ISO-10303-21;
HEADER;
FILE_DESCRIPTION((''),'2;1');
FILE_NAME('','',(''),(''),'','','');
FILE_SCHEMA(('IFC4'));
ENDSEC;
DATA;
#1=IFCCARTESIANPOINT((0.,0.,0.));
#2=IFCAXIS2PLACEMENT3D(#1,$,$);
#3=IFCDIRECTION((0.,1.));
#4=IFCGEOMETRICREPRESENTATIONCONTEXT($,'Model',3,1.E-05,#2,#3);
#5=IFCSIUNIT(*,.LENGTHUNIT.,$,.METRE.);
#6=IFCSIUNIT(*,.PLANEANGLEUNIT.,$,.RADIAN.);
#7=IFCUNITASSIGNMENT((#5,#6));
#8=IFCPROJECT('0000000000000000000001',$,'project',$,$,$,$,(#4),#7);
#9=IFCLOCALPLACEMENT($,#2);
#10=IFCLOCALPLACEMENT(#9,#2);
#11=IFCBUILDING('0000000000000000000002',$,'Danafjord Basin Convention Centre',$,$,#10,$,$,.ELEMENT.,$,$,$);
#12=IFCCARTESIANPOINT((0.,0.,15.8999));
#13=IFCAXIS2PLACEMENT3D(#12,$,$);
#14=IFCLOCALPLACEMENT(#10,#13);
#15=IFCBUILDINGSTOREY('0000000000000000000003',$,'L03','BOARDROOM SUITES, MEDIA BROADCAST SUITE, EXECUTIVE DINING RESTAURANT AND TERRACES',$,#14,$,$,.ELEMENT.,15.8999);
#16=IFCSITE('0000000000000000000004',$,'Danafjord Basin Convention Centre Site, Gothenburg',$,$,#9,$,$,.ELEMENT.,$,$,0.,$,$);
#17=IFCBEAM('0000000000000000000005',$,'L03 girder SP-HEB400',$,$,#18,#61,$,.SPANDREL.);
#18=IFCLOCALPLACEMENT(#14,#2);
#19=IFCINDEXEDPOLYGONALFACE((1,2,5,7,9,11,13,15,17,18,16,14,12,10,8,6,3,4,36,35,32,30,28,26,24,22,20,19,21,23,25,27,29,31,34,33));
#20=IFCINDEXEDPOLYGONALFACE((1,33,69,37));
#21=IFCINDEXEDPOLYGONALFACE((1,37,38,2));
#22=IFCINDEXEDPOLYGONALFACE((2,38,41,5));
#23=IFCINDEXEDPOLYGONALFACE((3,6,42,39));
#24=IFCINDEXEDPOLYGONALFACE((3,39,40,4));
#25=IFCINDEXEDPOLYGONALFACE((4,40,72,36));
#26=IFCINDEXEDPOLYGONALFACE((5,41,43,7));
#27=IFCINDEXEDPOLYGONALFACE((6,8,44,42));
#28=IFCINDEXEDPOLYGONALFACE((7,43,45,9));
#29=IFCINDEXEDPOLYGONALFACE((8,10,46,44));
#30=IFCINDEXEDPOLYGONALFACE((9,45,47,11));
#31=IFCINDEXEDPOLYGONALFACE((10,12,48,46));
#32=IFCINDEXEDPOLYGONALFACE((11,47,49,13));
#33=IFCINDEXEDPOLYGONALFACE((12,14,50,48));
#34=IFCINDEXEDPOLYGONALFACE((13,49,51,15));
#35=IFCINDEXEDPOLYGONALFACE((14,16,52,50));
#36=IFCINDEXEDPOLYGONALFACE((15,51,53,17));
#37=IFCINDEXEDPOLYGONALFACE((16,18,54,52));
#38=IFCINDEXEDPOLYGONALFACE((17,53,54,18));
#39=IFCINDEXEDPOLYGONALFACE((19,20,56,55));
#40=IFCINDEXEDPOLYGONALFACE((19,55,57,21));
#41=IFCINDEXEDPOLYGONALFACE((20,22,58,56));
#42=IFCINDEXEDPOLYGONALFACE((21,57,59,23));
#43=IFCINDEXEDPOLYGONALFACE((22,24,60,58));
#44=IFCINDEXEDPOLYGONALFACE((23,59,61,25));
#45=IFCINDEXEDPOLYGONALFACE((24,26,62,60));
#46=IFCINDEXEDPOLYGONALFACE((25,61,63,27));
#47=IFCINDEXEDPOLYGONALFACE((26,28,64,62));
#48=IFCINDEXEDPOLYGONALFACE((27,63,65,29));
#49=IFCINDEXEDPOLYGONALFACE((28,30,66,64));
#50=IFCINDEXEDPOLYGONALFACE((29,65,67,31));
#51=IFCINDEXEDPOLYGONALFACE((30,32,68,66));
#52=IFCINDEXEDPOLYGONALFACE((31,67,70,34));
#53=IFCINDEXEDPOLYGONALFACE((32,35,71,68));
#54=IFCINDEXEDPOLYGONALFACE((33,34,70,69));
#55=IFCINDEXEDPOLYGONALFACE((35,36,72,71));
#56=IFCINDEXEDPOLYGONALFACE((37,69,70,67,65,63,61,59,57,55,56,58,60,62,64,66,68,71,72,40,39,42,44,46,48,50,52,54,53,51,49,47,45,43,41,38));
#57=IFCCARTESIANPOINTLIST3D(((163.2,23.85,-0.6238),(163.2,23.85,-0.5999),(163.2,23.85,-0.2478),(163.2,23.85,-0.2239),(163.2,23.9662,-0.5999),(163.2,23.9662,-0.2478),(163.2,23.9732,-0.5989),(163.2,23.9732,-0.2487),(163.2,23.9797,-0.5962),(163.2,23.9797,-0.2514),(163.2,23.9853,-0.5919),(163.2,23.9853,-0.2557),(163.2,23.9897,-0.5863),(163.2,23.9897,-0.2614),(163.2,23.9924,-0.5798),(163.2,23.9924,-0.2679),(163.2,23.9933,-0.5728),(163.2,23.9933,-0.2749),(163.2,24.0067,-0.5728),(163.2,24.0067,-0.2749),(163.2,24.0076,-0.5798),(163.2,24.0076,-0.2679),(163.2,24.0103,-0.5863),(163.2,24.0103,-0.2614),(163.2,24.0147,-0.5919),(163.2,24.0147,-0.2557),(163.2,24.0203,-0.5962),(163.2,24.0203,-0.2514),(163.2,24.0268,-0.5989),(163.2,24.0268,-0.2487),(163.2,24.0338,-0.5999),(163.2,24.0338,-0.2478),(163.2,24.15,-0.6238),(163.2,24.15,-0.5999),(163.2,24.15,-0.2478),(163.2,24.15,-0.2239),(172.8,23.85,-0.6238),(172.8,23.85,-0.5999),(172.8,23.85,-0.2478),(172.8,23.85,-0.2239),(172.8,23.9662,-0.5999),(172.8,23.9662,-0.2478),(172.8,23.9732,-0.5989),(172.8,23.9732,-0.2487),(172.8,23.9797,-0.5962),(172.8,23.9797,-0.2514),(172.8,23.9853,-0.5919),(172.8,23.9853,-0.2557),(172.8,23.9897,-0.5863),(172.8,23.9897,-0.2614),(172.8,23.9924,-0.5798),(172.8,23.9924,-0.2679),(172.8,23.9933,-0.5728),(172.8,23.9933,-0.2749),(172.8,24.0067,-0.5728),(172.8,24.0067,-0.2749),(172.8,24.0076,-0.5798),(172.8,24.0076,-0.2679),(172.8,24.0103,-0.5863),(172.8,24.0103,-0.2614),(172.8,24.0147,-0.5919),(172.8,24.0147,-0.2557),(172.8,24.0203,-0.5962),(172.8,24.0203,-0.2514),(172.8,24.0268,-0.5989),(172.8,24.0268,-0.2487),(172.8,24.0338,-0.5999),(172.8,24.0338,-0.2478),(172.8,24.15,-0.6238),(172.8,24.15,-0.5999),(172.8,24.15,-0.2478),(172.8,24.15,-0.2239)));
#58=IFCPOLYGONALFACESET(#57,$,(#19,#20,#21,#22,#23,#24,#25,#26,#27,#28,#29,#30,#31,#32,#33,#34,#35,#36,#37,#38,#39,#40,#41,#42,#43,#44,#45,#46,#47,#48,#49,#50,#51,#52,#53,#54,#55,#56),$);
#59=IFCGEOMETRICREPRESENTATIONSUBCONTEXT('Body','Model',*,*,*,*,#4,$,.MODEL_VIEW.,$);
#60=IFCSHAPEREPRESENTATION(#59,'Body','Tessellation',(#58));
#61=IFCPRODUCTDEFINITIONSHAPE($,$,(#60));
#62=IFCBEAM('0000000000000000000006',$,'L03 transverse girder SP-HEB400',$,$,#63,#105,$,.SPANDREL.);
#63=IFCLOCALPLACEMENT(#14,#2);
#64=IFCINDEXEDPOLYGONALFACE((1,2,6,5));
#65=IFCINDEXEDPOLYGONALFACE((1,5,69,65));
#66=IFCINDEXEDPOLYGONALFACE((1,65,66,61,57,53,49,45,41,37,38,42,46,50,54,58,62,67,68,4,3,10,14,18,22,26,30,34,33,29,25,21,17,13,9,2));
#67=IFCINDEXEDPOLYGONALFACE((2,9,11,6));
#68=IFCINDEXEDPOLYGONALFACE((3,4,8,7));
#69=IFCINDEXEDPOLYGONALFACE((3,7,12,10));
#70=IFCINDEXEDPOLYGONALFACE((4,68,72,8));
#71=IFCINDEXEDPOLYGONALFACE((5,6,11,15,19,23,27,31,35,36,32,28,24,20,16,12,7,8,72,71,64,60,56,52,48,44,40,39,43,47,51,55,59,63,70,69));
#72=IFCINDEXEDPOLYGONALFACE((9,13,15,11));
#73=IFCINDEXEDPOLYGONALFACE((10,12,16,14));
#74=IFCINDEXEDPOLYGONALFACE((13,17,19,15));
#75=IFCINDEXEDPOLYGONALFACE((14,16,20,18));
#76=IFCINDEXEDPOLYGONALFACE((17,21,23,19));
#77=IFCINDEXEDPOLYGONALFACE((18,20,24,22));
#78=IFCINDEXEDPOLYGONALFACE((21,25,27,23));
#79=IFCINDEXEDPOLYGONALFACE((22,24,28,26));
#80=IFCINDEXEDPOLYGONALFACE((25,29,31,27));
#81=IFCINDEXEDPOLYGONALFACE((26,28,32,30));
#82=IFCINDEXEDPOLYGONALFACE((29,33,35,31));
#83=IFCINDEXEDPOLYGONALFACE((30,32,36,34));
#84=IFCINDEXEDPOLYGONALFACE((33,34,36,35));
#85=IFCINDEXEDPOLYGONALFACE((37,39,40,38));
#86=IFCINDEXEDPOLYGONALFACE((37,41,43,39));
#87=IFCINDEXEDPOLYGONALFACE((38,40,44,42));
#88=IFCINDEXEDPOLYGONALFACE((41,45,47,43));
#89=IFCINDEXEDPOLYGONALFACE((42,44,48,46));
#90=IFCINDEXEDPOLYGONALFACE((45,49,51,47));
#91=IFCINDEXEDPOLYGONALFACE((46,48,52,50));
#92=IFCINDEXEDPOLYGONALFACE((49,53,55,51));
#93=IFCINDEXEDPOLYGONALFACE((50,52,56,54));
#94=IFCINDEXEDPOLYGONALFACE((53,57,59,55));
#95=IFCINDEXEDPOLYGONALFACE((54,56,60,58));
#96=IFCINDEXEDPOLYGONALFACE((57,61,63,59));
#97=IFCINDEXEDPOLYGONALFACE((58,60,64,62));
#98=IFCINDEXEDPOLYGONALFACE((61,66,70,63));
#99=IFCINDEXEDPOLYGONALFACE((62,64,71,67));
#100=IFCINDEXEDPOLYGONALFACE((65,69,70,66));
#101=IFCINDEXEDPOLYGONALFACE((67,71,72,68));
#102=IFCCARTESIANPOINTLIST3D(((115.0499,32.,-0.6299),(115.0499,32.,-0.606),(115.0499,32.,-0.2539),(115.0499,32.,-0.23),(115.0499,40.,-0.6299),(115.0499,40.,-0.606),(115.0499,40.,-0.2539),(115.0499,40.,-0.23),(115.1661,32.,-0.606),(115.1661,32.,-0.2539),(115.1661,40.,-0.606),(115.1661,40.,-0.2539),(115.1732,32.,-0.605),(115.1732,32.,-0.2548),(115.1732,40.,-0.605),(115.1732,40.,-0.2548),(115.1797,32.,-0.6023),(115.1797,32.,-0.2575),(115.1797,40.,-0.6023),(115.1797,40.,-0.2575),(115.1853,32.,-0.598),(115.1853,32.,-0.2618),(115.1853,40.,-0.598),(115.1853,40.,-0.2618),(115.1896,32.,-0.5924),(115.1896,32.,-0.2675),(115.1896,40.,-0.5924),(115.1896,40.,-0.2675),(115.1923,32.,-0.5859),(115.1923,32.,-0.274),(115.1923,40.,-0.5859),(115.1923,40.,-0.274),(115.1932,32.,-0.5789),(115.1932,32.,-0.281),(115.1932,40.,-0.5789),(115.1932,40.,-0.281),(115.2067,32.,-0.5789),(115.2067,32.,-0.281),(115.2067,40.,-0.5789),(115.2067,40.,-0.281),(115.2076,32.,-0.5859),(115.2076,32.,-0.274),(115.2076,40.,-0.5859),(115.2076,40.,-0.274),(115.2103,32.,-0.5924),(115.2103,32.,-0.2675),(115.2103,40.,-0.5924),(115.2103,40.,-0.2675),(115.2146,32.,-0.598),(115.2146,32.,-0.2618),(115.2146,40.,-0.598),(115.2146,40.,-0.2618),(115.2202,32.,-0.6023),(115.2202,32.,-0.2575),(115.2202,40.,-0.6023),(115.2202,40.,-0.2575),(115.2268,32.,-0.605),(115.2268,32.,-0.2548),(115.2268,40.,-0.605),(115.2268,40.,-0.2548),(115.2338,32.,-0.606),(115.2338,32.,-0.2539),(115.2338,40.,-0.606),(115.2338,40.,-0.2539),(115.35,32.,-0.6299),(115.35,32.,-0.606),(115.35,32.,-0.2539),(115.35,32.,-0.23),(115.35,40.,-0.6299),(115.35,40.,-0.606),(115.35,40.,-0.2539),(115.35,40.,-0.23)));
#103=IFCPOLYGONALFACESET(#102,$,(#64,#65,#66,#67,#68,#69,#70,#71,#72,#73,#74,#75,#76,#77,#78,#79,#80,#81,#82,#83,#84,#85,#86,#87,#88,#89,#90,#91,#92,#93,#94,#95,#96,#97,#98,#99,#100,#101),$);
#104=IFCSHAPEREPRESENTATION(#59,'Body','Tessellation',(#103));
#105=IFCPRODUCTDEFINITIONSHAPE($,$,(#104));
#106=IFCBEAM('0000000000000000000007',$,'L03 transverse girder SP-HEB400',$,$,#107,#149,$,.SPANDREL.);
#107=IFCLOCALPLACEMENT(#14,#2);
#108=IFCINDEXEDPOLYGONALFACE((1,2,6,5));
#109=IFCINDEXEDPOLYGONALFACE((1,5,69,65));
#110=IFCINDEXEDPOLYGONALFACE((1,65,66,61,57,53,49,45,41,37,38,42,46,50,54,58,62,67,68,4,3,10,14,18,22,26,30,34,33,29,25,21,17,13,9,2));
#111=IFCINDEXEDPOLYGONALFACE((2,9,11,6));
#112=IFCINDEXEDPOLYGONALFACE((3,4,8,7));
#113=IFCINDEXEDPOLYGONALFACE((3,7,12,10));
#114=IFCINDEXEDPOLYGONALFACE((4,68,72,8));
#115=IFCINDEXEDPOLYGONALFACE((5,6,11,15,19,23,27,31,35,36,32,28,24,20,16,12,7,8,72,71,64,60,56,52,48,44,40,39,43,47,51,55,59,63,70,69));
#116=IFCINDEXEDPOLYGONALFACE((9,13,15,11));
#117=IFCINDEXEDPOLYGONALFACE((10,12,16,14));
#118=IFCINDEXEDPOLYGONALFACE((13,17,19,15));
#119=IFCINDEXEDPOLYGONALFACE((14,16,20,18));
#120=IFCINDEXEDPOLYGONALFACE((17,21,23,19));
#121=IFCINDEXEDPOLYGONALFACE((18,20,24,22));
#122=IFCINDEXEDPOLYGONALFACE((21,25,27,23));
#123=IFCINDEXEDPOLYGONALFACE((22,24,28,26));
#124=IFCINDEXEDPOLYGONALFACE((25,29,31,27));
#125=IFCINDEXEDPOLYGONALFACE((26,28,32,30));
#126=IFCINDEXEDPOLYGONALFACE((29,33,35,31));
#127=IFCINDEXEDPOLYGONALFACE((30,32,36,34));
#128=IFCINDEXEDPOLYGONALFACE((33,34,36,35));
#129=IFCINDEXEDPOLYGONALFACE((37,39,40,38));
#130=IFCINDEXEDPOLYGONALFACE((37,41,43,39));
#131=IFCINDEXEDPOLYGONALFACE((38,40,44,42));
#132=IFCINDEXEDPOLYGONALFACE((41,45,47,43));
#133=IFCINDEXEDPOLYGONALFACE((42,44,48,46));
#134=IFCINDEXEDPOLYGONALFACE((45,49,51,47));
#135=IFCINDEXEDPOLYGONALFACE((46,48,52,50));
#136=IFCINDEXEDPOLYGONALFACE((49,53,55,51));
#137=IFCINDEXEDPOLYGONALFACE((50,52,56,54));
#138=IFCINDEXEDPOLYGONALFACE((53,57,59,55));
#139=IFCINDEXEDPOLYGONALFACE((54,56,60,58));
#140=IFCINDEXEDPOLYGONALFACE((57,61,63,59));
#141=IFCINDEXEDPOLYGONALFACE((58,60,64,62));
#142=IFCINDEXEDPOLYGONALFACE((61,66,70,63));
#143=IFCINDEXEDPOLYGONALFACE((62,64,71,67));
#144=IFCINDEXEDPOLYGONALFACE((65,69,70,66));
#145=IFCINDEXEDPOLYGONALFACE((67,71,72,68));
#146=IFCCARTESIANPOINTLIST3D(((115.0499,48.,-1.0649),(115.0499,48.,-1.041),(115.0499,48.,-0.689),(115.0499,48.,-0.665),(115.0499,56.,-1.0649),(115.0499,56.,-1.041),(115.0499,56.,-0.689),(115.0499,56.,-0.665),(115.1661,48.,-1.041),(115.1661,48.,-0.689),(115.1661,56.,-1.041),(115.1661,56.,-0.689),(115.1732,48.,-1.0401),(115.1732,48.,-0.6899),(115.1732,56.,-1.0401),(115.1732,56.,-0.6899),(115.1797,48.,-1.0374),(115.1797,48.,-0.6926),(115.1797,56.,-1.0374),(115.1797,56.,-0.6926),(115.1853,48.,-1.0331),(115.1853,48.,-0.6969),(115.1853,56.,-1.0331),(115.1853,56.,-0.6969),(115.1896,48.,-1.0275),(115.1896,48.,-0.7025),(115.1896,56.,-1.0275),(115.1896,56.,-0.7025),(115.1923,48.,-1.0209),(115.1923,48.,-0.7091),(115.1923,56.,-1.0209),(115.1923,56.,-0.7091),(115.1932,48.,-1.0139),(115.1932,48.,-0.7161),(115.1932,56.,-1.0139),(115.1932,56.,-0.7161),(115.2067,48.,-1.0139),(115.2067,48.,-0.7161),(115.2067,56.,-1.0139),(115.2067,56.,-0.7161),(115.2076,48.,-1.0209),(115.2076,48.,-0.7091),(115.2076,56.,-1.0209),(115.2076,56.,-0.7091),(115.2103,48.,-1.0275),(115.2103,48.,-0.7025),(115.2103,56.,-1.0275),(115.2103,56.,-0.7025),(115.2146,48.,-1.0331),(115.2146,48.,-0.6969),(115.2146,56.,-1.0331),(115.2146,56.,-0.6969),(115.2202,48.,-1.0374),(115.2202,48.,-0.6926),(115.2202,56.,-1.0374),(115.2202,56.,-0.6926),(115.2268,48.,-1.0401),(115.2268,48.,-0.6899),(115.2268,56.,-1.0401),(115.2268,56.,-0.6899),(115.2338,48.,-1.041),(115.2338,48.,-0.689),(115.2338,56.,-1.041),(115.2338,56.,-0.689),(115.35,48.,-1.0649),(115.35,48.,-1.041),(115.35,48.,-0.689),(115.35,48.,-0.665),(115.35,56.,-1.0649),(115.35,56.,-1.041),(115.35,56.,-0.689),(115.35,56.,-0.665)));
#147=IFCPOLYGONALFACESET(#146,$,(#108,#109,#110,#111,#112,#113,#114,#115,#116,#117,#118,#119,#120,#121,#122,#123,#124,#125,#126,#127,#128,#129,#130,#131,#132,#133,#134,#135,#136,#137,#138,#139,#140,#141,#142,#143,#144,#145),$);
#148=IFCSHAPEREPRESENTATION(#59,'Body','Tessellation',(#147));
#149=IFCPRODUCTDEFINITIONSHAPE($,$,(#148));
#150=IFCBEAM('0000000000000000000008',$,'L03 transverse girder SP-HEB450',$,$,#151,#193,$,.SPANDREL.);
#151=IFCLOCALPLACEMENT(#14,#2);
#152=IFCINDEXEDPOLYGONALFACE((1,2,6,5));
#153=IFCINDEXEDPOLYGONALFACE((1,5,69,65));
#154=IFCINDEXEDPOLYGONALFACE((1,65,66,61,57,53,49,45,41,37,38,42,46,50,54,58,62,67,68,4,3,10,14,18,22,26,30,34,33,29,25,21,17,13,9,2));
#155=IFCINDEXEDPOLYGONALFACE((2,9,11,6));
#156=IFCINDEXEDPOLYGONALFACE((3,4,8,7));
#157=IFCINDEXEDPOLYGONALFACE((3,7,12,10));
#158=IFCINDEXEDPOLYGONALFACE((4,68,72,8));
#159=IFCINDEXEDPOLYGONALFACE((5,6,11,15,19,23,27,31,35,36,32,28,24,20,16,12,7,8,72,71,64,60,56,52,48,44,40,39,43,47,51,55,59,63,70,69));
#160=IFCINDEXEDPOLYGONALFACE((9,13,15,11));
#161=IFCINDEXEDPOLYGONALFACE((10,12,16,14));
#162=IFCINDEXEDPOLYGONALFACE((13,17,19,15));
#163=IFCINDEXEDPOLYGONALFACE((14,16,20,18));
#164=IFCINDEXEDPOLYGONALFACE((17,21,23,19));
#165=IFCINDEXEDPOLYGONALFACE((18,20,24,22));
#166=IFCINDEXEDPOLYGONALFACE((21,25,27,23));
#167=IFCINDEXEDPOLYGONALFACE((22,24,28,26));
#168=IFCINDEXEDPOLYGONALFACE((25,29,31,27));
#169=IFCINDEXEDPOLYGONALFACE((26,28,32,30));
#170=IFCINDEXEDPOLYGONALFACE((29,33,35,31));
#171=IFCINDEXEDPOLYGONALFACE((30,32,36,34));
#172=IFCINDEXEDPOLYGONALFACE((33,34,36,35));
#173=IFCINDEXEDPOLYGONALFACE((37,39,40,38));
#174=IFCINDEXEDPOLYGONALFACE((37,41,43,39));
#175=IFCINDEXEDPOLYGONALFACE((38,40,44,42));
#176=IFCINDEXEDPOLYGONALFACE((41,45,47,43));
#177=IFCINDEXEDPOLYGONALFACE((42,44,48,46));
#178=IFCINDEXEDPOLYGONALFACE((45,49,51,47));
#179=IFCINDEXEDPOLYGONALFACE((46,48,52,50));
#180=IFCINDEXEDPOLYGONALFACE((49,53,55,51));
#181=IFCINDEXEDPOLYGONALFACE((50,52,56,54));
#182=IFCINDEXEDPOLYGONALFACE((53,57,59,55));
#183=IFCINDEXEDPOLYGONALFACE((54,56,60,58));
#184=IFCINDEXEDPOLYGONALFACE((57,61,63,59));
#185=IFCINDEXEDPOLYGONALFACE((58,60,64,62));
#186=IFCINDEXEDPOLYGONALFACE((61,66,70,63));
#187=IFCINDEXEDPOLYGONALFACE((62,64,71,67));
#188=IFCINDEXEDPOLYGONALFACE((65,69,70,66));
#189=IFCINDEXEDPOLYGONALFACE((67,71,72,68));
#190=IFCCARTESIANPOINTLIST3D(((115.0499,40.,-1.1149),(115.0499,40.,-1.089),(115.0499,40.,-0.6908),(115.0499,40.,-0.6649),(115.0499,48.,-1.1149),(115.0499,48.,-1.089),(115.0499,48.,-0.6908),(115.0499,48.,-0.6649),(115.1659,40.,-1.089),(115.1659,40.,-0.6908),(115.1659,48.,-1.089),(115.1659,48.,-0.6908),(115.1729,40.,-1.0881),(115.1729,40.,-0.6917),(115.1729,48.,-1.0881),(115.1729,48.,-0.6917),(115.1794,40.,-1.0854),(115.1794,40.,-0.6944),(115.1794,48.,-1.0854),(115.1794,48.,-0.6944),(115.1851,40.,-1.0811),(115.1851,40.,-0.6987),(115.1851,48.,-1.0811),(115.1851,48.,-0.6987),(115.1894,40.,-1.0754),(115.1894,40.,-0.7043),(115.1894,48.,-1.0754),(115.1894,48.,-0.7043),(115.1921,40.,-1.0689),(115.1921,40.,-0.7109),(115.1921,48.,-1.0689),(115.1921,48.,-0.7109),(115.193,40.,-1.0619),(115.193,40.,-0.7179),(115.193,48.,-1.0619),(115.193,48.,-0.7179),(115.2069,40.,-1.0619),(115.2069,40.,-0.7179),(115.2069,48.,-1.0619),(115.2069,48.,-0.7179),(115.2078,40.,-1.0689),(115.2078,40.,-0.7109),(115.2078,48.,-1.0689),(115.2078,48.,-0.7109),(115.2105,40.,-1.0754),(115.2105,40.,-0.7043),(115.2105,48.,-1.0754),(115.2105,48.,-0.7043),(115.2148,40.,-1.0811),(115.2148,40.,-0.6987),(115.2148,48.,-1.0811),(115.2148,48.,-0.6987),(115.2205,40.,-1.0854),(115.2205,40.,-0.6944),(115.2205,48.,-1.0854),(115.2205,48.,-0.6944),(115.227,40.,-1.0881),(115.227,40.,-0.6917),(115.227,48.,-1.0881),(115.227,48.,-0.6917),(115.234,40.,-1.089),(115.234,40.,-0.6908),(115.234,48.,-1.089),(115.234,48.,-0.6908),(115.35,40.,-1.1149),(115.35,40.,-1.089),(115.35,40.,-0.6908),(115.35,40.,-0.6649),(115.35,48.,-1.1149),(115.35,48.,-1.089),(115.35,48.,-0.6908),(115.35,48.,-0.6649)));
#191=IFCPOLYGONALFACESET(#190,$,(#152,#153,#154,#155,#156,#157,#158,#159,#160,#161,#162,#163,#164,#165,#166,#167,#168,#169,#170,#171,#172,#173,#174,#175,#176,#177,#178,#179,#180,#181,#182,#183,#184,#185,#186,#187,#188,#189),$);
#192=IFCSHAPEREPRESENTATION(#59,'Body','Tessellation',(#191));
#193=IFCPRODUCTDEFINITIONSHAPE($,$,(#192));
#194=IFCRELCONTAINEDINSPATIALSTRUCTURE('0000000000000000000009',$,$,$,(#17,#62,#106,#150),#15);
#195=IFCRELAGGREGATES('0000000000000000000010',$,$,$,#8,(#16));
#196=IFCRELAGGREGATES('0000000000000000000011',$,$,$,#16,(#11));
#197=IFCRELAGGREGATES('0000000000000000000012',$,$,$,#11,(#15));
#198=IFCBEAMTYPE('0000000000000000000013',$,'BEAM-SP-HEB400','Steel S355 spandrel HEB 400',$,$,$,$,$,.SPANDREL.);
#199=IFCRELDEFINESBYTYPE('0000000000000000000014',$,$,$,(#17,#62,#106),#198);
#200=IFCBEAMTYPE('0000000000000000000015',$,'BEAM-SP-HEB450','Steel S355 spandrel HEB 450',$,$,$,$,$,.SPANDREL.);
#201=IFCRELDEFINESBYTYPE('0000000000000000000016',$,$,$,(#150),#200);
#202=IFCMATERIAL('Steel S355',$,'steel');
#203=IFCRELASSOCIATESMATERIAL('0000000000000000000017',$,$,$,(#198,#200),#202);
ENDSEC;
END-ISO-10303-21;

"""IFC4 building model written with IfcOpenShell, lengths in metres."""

from ifc_helpers import new_model, si_unit, direction, frame, origin, origin_2d, place, context, subcontext, project, spatial, i_section, extrude, material, material_profile, profile_set, type_object, element, save


model = new_model("IFC4")

# Units and contexts
model_context = context("Model", 3, precision=1e-05, world=origin(), true_north=direction((0.0, 1.0)))
body_context = subcontext(model_context, "Body", "Model", "MODEL_VIEW")
ifc_project = project(units=[si_unit("LENGTHUNIT", "METRE"), si_unit("PLANEANGLEUNIT", "RADIAN")], contexts=[model_context])

# Site, building, storey
site_placement = place(None, origin())
site = spatial("IfcSite", under=ifc_project, at=site_placement, Name="Danafjord Basin Convention Centre Site, Gothenburg", CompositionType="ELEMENT", RefElevation=0.0)
building_placement = place(site_placement, origin())
building = spatial("IfcBuilding", under=site, at=building_placement, Name="Danafjord Basin Convention Centre", CompositionType="ELEMENT")
storey_placement = place(building_placement, frame((0.0, 0.0, 15.8999)))
storey = spatial("IfcBuildingStorey", under=building, at=storey_placement, Name="L03", Description="BOARDROOM SUITES, MEDIA BROADCAST SUITE, EXECUTIVE DINING RESTAURANT AND TERRACES", CompositionType="ELEMENT", Elevation=15.8999)

# Shared definitions
ifc_material_1 = material(Name="Steel S355", Category="steel")

# Beams
ifc_material_profile_1 = material_profile(ifc_material_1, i_section(OverallWidth=0.3, OverallDepth=0.3999, WebThickness=0.0134, FlangeThickness=0.0239, FilletRadius=0.0271, at=origin_2d()), Name="HEB 400")
ifc_profile_set_1 = profile_set([ifc_material_profile_1], Name="Steel S355")
beam_type_1 = type_object("IfcBeamType", Name="BEAM-SP-HEB400", Description="Steel S355 spandrel HEB 400", PredefinedType="SPANDREL", material=ifc_profile_set_1)
beam_1_placement = place(storey_placement, frame((163.2, 24.0, -0.4238), z_axis=(1.0, 0.0, 0.0), x_axis=(0.0, 1.0, 0.0)))
element("IfcBeam", 1, at=beam_1_placement, inside=storey, type_object=beam_type_1, Name="L03 girder SP-HEB400", PredefinedType="SPANDREL", context=body_context, shape_type="SweptSolid", body=[
    extrude(i_section(OverallWidth=0.3, OverallDepth=0.3999, WebThickness=0.0134, FlangeThickness=0.0239, FilletRadius=0.0271, at=origin_2d()), origin(), (0.0, 0.0, 1.0), 9.6001),
])
for number, where, z_axis, x_axis, name in (
    (2, (115.2, 32.0, -0.4299), (0.0, 1.0, 0.0), (-1.0, 0.0, 0.0), "L03 transverse girder SP-HEB400"),
    (3, (115.2, 48.0, -0.865), (0.0, 1.0, 0.0), (-1.0, 0.0, 0.0), "L03 transverse girder SP-HEB400"),
):
    element("IfcBeam", number, at=place(storey_placement, frame(where, z_axis=z_axis, x_axis=x_axis)), inside=storey, type_object=beam_type_1, Name=name, PredefinedType="SPANDREL", context=body_context, shape_type="SweptSolid", body=[
        extrude(i_section(OverallWidth=0.3, OverallDepth=0.3999, WebThickness=0.0134, FlangeThickness=0.0239, FilletRadius=0.0271, at=origin_2d()), origin(), (0.0, 0.0, 1.0), 8.0),
    ])
ifc_material_profile_2 = material_profile(ifc_material_1, i_section(OverallWidth=0.3, OverallDepth=0.45, WebThickness=0.0139, FlangeThickness=0.0259, FilletRadius=0.0271, at=origin_2d()), Name="HEB 450")
ifc_profile_set_2 = profile_set([ifc_material_profile_2], Name="Steel S355")
beam_type_2 = type_object("IfcBeamType", Name="BEAM-SP-HEB450", Description="Steel S355 spandrel HEB 450", PredefinedType="SPANDREL", material=ifc_profile_set_2)
beam_2_placement = place(storey_placement, frame((115.2, 40.0, -0.8899), z_axis=(0.0, 1.0, 0.0), x_axis=(-1.0, 0.0, 0.0)))
element("IfcBeam", 4, at=beam_2_placement, inside=storey, type_object=beam_type_2, Name="L03 transverse girder SP-HEB450", PredefinedType="SPANDREL", context=body_context, shape_type="SweptSolid", body=[
    extrude(i_section(OverallWidth=0.3, OverallDepth=0.45, WebThickness=0.0139, FlangeThickness=0.0259, FilletRadius=0.0271, at=origin_2d()), origin(), (0.0, 0.0, 1.0), 8.0),
])

save(model, "model.ifc")
